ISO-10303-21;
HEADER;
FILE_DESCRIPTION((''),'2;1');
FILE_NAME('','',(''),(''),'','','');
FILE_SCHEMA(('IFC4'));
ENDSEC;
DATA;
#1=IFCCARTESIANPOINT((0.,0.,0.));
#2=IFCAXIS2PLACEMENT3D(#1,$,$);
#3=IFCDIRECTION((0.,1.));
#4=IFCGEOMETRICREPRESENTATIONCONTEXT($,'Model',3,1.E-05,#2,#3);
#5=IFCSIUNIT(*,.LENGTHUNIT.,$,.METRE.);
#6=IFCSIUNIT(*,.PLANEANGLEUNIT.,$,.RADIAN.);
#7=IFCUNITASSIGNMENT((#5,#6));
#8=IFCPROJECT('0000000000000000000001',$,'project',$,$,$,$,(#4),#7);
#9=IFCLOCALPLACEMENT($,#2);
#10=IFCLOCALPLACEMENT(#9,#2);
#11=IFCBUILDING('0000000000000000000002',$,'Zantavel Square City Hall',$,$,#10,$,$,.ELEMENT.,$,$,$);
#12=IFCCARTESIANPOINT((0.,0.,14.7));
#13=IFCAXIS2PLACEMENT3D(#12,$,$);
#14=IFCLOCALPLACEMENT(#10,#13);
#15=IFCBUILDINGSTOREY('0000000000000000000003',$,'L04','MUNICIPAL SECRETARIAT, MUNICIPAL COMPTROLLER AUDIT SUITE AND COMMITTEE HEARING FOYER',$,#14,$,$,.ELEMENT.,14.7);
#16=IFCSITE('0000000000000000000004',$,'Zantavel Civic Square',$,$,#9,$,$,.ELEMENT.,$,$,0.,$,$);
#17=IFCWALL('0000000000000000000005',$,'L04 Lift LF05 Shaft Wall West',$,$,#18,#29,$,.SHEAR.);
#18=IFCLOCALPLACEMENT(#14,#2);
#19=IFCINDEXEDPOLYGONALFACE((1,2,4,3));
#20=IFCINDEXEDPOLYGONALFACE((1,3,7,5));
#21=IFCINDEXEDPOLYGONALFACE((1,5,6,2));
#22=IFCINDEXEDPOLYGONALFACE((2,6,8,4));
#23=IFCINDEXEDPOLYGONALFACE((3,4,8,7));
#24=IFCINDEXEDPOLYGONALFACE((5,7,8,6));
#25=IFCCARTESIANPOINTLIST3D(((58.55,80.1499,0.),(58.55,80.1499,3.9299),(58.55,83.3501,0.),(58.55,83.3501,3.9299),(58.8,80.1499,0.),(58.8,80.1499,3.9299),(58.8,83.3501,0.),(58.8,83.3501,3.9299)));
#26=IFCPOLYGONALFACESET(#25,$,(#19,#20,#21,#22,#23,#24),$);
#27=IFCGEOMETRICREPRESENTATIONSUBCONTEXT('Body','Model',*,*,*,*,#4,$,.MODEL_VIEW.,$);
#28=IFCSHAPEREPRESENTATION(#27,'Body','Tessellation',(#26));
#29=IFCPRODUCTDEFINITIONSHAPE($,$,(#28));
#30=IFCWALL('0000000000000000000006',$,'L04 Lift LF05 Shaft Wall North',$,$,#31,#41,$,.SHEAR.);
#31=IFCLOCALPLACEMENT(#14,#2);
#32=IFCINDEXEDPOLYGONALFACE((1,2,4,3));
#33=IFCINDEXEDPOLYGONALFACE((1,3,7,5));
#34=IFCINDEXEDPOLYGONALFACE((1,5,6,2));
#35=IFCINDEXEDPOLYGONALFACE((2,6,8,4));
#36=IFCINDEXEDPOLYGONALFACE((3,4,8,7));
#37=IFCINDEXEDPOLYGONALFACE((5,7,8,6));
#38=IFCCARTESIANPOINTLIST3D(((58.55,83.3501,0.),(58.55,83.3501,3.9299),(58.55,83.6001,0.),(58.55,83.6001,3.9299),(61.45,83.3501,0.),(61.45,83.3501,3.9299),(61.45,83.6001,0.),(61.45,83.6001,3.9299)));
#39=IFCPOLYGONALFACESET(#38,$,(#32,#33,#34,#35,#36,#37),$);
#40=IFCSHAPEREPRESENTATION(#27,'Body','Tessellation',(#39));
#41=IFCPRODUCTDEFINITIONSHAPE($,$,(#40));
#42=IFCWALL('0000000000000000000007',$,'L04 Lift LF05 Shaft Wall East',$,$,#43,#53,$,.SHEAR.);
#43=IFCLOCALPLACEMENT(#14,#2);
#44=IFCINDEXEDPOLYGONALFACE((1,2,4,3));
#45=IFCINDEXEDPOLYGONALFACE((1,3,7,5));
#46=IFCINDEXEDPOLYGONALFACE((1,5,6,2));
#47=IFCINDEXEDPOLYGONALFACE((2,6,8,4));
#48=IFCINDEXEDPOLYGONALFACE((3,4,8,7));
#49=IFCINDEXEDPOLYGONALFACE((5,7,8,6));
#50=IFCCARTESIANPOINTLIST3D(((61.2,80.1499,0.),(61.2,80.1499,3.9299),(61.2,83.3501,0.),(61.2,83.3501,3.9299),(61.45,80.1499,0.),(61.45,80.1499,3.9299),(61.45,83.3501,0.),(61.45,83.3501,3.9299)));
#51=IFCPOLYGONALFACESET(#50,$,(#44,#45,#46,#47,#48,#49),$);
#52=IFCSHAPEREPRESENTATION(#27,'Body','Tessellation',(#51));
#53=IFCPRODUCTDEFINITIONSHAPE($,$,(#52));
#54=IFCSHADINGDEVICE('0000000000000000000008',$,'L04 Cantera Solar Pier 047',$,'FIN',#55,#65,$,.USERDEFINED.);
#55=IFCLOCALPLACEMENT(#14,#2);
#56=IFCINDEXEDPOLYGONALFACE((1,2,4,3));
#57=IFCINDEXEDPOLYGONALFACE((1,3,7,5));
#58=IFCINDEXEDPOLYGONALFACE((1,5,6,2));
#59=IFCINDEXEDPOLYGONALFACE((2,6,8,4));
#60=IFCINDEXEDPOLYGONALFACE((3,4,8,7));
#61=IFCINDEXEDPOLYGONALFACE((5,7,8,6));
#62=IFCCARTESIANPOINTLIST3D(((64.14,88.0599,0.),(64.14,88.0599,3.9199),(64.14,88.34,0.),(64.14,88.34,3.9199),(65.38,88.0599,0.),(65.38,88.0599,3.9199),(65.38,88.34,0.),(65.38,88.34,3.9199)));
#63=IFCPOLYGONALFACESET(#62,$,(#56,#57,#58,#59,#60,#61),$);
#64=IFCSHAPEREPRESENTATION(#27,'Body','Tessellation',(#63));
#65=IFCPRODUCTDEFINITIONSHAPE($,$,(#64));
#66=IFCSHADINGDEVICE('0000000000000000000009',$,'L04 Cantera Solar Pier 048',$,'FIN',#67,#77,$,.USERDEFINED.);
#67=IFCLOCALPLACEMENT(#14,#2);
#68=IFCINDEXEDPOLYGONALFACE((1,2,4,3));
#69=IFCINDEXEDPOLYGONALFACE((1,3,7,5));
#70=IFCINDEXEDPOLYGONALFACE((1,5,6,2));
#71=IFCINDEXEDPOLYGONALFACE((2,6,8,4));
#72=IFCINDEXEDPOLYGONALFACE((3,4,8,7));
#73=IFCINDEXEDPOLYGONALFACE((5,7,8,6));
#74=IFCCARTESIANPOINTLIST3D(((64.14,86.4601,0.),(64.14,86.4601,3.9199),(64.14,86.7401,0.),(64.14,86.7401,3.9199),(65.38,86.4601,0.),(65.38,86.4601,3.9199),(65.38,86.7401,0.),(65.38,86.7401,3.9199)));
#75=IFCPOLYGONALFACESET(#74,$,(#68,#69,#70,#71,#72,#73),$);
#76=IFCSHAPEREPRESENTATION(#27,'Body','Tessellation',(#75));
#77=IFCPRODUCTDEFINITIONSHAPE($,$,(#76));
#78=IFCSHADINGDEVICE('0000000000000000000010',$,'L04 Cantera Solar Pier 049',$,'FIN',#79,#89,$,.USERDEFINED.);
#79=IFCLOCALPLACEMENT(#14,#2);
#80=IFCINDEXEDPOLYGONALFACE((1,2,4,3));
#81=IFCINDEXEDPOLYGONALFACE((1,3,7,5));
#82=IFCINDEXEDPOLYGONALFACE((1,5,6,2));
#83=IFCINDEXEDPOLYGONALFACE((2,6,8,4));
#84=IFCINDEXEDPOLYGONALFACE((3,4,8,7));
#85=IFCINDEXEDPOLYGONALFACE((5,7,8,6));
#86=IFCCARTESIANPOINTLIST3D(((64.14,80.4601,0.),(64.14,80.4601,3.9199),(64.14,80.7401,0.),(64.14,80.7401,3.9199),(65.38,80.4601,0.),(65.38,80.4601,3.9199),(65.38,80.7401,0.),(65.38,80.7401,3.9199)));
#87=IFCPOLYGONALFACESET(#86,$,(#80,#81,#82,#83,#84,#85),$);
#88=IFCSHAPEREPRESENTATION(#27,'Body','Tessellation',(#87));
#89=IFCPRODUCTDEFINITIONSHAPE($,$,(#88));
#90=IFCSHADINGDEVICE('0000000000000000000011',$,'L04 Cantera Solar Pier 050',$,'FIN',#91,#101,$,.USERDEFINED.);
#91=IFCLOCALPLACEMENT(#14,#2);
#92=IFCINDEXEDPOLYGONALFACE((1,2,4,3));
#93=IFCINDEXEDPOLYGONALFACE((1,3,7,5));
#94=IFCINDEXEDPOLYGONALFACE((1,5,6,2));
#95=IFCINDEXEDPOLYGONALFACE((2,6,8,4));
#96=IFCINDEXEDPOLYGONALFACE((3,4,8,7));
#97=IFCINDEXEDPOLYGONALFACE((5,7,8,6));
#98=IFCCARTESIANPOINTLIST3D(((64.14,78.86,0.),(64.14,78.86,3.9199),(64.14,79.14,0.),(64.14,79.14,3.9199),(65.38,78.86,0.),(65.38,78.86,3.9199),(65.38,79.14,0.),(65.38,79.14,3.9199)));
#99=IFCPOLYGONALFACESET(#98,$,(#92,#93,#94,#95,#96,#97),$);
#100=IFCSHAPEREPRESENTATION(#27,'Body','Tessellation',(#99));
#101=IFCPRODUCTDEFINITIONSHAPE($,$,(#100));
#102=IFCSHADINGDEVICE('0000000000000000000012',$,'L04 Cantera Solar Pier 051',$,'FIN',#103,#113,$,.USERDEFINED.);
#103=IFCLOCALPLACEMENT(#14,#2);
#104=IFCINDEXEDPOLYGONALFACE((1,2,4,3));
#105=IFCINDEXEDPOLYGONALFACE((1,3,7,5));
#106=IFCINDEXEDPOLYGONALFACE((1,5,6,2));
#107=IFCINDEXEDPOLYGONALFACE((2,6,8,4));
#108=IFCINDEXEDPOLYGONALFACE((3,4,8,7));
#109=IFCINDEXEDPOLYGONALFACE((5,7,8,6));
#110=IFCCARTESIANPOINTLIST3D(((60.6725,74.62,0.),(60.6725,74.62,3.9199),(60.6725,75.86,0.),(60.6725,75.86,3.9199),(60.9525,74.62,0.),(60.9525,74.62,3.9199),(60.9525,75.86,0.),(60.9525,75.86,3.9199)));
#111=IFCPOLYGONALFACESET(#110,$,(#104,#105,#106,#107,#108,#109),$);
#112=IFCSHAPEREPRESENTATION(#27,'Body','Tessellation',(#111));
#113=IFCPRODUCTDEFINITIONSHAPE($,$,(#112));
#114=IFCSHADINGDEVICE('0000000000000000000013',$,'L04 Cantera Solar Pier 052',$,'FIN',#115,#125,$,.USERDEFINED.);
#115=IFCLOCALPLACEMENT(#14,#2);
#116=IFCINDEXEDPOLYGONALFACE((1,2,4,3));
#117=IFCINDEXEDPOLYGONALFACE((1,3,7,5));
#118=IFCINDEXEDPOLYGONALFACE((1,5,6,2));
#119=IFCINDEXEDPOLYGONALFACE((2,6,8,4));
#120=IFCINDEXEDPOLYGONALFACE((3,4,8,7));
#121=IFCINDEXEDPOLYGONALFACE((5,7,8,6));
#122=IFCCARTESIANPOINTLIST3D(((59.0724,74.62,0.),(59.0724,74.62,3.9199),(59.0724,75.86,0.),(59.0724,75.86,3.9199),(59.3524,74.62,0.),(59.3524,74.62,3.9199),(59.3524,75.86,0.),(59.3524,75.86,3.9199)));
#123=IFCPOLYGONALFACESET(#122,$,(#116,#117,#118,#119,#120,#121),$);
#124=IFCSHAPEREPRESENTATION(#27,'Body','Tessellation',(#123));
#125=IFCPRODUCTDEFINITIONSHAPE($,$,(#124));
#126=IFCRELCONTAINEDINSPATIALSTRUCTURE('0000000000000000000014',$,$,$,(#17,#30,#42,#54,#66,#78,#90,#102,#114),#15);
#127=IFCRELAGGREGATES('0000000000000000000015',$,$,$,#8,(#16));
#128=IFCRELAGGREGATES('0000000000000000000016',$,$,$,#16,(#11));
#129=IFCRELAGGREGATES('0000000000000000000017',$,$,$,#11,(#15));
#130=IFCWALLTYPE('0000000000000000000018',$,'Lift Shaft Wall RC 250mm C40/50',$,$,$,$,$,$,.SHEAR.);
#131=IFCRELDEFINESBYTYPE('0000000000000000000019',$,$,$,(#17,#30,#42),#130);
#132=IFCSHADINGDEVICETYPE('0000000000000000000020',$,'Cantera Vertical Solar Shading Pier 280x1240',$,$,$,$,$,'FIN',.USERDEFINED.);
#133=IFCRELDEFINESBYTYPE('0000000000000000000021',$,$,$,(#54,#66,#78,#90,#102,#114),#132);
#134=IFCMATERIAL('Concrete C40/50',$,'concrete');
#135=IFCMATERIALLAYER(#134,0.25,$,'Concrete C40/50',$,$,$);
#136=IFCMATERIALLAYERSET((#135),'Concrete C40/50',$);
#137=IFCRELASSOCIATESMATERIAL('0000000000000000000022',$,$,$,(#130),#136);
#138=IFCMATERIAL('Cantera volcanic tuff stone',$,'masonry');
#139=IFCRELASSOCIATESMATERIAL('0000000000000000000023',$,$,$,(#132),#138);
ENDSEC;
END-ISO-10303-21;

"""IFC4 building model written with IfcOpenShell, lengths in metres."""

from ifc_helpers import new_model, si_unit, direction, frame, frame_2d, origin, origin_2d, place, context, subcontext, project, spatial, rectangle, extrude, material, layer, layer_set, type_object, element, save


model = new_model("IFC4")

# Units and contexts
model_context = context("Model", 3, precision=1e-05, world=origin(), true_north=direction((0.0, 1.0)))
body_context = subcontext(model_context, "Body", "Model", "MODEL_VIEW")
ifc_project = project(units=[si_unit("LENGTHUNIT", "METRE"), si_unit("PLANEANGLEUNIT", "RADIAN")], contexts=[model_context])

# Site, building, storey
site_placement = place(None, origin())
site = spatial("IfcSite", under=ifc_project, at=site_placement, Name="Zantavel Civic Square", CompositionType="ELEMENT", RefElevation=0.0)
building_placement = place(site_placement, origin())
building = spatial("IfcBuilding", under=site, at=building_placement, Name="Zantavel Square City Hall", CompositionType="ELEMENT")
storey_placement = place(building_placement, frame((0.0, 0.0, 14.7)))
storey = spatial("IfcBuildingStorey", under=building, at=storey_placement, Name="L04", Description="MUNICIPAL SECRETARIAT, MUNICIPAL COMPTROLLER AUDIT SUITE AND COMMITTEE HEARING FOYER", CompositionType="ELEMENT", Elevation=14.7)

# Shared definitions
ifc_material_1 = material(Name="Concrete C40/50", Category="concrete")

# Shared definitions
ifc_material_2 = material(Name="Cantera volcanic tuff stone", Category="masonry")

# Shared definitions
ifc_layer_1 = layer(ifc_material_1, 0.25, Name="Concrete C40/50")
ifc_layer_set_1 = layer_set([ifc_layer_1], Name="Concrete C40/50")
wall_type_1 = type_object("IfcWallType", Name="Lift Shaft Wall RC 250mm C40/50", PredefinedType="SHEAR", material=ifc_layer_set_1)

# Walls
wall_1_placement = place(storey_placement, frame((58.675, 80.1499, 0.0), z_axis=(0.0, 0.0, 1.0), x_axis=(0.0, 1.0, 0.0)))
element("IfcWall", 1, at=wall_1_placement, inside=storey, type_object=wall_type_1, Name="L04 Lift LF05 Shaft Wall West", PredefinedType="SHEAR", context=body_context, shape_type="SweptSolid", body=[
    extrude(rectangle(XDim=3.2002, YDim=0.25, at=frame_2d((1.6001, 0.0))), origin(), (0.0, 0.0, 1.0), 3.9299),
])
wall_2_placement = place(storey_placement, frame((58.55, 83.4751, 0.0), z_axis=(0.0, 0.0, 1.0), x_axis=(1.0, 0.0, 0.0)))
element("IfcWall", 2, at=wall_2_placement, inside=storey, type_object=wall_type_1, Name="L04 Lift LF05 Shaft Wall North", PredefinedType="SHEAR", context=body_context, shape_type="SweptSolid", body=[
    extrude(rectangle(XDim=2.8999, YDim=0.25, at=frame_2d((1.45, 0.0))), origin(), (0.0, 0.0, 1.0), 3.9299),
])
wall_3_placement = place(storey_placement, frame((61.325, 83.3501, 0.0), z_axis=(0.0, 0.0, 1.0), x_axis=(0.0, -1.0, 0.0)))
element("IfcWall", 3, at=wall_3_placement, inside=storey, type_object=wall_type_1, Name="L04 Lift LF05 Shaft Wall East", PredefinedType="SHEAR", context=body_context, shape_type="SweptSolid", body=[
    extrude(rectangle(XDim=3.2002, YDim=0.25, at=frame_2d((1.6001, 0.0))), origin(), (0.0, 0.0, 1.0), 3.9299),
])

# Shading devices
shading_device_type = type_object("IfcShadingDeviceType", Name="Cantera Vertical Solar Shading Pier 280x1240", ElementType="FIN", PredefinedType="USERDEFINED", material=ifc_material_2)
for number, where, z_axis, x_axis, name in (
    (4, (64.76, 88.2, 0.0), (0.0, 0.0, 1.0), (1.0, 0.0, 0.0), "L04 Cantera Solar Pier 047"),
    (5, (64.76, 86.6001, 0.0), (0.0, 0.0, 1.0), (1.0, 0.0, 0.0), "L04 Cantera Solar Pier 048"),
    (6, (64.76, 80.6001, 0.0), (0.0, 0.0, 1.0), (1.0, 0.0, 0.0), "L04 Cantera Solar Pier 049"),
    (7, (64.76, 79.0, 0.0), (0.0, 0.0, 1.0), (1.0, 0.0, 0.0), "L04 Cantera Solar Pier 050"),
):
    element("IfcShadingDevice", number, at=place(storey_placement, frame(where, z_axis=z_axis, x_axis=x_axis)), inside=storey, type_object=shading_device_type, Name=name, ObjectType="FIN", PredefinedType="USERDEFINED", context=body_context, shape_type="SweptSolid", body=[
        extrude(rectangle(XDim=1.24, YDim=0.28, at=origin_2d()), origin(), (0.0, 0.0, 1.0), 3.9199),
    ])
for number, where, z_axis, x_axis, name in (
    (8, (60.8125, 75.24, 0.0), (0.0, 0.0, 1.0), (1.0, 0.0, 0.0), "L04 Cantera Solar Pier 051"),
    (9, (59.2124, 75.24, 0.0), (0.0, 0.0, 1.0), (1.0, 0.0, 0.0), "L04 Cantera Solar Pier 052"),
):
    element("IfcShadingDevice", number, at=place(storey_placement, frame(where, z_axis=z_axis, x_axis=x_axis)), inside=storey, type_object=shading_device_type, Name=name, ObjectType="FIN", PredefinedType="USERDEFINED", context=body_context, shape_type="SweptSolid", body=[
        extrude(rectangle(XDim=0.28, YDim=1.24, at=origin_2d()), origin(), (0.0, 0.0, 1.0), 3.9199),
    ])

save(model, "model.ifc")
